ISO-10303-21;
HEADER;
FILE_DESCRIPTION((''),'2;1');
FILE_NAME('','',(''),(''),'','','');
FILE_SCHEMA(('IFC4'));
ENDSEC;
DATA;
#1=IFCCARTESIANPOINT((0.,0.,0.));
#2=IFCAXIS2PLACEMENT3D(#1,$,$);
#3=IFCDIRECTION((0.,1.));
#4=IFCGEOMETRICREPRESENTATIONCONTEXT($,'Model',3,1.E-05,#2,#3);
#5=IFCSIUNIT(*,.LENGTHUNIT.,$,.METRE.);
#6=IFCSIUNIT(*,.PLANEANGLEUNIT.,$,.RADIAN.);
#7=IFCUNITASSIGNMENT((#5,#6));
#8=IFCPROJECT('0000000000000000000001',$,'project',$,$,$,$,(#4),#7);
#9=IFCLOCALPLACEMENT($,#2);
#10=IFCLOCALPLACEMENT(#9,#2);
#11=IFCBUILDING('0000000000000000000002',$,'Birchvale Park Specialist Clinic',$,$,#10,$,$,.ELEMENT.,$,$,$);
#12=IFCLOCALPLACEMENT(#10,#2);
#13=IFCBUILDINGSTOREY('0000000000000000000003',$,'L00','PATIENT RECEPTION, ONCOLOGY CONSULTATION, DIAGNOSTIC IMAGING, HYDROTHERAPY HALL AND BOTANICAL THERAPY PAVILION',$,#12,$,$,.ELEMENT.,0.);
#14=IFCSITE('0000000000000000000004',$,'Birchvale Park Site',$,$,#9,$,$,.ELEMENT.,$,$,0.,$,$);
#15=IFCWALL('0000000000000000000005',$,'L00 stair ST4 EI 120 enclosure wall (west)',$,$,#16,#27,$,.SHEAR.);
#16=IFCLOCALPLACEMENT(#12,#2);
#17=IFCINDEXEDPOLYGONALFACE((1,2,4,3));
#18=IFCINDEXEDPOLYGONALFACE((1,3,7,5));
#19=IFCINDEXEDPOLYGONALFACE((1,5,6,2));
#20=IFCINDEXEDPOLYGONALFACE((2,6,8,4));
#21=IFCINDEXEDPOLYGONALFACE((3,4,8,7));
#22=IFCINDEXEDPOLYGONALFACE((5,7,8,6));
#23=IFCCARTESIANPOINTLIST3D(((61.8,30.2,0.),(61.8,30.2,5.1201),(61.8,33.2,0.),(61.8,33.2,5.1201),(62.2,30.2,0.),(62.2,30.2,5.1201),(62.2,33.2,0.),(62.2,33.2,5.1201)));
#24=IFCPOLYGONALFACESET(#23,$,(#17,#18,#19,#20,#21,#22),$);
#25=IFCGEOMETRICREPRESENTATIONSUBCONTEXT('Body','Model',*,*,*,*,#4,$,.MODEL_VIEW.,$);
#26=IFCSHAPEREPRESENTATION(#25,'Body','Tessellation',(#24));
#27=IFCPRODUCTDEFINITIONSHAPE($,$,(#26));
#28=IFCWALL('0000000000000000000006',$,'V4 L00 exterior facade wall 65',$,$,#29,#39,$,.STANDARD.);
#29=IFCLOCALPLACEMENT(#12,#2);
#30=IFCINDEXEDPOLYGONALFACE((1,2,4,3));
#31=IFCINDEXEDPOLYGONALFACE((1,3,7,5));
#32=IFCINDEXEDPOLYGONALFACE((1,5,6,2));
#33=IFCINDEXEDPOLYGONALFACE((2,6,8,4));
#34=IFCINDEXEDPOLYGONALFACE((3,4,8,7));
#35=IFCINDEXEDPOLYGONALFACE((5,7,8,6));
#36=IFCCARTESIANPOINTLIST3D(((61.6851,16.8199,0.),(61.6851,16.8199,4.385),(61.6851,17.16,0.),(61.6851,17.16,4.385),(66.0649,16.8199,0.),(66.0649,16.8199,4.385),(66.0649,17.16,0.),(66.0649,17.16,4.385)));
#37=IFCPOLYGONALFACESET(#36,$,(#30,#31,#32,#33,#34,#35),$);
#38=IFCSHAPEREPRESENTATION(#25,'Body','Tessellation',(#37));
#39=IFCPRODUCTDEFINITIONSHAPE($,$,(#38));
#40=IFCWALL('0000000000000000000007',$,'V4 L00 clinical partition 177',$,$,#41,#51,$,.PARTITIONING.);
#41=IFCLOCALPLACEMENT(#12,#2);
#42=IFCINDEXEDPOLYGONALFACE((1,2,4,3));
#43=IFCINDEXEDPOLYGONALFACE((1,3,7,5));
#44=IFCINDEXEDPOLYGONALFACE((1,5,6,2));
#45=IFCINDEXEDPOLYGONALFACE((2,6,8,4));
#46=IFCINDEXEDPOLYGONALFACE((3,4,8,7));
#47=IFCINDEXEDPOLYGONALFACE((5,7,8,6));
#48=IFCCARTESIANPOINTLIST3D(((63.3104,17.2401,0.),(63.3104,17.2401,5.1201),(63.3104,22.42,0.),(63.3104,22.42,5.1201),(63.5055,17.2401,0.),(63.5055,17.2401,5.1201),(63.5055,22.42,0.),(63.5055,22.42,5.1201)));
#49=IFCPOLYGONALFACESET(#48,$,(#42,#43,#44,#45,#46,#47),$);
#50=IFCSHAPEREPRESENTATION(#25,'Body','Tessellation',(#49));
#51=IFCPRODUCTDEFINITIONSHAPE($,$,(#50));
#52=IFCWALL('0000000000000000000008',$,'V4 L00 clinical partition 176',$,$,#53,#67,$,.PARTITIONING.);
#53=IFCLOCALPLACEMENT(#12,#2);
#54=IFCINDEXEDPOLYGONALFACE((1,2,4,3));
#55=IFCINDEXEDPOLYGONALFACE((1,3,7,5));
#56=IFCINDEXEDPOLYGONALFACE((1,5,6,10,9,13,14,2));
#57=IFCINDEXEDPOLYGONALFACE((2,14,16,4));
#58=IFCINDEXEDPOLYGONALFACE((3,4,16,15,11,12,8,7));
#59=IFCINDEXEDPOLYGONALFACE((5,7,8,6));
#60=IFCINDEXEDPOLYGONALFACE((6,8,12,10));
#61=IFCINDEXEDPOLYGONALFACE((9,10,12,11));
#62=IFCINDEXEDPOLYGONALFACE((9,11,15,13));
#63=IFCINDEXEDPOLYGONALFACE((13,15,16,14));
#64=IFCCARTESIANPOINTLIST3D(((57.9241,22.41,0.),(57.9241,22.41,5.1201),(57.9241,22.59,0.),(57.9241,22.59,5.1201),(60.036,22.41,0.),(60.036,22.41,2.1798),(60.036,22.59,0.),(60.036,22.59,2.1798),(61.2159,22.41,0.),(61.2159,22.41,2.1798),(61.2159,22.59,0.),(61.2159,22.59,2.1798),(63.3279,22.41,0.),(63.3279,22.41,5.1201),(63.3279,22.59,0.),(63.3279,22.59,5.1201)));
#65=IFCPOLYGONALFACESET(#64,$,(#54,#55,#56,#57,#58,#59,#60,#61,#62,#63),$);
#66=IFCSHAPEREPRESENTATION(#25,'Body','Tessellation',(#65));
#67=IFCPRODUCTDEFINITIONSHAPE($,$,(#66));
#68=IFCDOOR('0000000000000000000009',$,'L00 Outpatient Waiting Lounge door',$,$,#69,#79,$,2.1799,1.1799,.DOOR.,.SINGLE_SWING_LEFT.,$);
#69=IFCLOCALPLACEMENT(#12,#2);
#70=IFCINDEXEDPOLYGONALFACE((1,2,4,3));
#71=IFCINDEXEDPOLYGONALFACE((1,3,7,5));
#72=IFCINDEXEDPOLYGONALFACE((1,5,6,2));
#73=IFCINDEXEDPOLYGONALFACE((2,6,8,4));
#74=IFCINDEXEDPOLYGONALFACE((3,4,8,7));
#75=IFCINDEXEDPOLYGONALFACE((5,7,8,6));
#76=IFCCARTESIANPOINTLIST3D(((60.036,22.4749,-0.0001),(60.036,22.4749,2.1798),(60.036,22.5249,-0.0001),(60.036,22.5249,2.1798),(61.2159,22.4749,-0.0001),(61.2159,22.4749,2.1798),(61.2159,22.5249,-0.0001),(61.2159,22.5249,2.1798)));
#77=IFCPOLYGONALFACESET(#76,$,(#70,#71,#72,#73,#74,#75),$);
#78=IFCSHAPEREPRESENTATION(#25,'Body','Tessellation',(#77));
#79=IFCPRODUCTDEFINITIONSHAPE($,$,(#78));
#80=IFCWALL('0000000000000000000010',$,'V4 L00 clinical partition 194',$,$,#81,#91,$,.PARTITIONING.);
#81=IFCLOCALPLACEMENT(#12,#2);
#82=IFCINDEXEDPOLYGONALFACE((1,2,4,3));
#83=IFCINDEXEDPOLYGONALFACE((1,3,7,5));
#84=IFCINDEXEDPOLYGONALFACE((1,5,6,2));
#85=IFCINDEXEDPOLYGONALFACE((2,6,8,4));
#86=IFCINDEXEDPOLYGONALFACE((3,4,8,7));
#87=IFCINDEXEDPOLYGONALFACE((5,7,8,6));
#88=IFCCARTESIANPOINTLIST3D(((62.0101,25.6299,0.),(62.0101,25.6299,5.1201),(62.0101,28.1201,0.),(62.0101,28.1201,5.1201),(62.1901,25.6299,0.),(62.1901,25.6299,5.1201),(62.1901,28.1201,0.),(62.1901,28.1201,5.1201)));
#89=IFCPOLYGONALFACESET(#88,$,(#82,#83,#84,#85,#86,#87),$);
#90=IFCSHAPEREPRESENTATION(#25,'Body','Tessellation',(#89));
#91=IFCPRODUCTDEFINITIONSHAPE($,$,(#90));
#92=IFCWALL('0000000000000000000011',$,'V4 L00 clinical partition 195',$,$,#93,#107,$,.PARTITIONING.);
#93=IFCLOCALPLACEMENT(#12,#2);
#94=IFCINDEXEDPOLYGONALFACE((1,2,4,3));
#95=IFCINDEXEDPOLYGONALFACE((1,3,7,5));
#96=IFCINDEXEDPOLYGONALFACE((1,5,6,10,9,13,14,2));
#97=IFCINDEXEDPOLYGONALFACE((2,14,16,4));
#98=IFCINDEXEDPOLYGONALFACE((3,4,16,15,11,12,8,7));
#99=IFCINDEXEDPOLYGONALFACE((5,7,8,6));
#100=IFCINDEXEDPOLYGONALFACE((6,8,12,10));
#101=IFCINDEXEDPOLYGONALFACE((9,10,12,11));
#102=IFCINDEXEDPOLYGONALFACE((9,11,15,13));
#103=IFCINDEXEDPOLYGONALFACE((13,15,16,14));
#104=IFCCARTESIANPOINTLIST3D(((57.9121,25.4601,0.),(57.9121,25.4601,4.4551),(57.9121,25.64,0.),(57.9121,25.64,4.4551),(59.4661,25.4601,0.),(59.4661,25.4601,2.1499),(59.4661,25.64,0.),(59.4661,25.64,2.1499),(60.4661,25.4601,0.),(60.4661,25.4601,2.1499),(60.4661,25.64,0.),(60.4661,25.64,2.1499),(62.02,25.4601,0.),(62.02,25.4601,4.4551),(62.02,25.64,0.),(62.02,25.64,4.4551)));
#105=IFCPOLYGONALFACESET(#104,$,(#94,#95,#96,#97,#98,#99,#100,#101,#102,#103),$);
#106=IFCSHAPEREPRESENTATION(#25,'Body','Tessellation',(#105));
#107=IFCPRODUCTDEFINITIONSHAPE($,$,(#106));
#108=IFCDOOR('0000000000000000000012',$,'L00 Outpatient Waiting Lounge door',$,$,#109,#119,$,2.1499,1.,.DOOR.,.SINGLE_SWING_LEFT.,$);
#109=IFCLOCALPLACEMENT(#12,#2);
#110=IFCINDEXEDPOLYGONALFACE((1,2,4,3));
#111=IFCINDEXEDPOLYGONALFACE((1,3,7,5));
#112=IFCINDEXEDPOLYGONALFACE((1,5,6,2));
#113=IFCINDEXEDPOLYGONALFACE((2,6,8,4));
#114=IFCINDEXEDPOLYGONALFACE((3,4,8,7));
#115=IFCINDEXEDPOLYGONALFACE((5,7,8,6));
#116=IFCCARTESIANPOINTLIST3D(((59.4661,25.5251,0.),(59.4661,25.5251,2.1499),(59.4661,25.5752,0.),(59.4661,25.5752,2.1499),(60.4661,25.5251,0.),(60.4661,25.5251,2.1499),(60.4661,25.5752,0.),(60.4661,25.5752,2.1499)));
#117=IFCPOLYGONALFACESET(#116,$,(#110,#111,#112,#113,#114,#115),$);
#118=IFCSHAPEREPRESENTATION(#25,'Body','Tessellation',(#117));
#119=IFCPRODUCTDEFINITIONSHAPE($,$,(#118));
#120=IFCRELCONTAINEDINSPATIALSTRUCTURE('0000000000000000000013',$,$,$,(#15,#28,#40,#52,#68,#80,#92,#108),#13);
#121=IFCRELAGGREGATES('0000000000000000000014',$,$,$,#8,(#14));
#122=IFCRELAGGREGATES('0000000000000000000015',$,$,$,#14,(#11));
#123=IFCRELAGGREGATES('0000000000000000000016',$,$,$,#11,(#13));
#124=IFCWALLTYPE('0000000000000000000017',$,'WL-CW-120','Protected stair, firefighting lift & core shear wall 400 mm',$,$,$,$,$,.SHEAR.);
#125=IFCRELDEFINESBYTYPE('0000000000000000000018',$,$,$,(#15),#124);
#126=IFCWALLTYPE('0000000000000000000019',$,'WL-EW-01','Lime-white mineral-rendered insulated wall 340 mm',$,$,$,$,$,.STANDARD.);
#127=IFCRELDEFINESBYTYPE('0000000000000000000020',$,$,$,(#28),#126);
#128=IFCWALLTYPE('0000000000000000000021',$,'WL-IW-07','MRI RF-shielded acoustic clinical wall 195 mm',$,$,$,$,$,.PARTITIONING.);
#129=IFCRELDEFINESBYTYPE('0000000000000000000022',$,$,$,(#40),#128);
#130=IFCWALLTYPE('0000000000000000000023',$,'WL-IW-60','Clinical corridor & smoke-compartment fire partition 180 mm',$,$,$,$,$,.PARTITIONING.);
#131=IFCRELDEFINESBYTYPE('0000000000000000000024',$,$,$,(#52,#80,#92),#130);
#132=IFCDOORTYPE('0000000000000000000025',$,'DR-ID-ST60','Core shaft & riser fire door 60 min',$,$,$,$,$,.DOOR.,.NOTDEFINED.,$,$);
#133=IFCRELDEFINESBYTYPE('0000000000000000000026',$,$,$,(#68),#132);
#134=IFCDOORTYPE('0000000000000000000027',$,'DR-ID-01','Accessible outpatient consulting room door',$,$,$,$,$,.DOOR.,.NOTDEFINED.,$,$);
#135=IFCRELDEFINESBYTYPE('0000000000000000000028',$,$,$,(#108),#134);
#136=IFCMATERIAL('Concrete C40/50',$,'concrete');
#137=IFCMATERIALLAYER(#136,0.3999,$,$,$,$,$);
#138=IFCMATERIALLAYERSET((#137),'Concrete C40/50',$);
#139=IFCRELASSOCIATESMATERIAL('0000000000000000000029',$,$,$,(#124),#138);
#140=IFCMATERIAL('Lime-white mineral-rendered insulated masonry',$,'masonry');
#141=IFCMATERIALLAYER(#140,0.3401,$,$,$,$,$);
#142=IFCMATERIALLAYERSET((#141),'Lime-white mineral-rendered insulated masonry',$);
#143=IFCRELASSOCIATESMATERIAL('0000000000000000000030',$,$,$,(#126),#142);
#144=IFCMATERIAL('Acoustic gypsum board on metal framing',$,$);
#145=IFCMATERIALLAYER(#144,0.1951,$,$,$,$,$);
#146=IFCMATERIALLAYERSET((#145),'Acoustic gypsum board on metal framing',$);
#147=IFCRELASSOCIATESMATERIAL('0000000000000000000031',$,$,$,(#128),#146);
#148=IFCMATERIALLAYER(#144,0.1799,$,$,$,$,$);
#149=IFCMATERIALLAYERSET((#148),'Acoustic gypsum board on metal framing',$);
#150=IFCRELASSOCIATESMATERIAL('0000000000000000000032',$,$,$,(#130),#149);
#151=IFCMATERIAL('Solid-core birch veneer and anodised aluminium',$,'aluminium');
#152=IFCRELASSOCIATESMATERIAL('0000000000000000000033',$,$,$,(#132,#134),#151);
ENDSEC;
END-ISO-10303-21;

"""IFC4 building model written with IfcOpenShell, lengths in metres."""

from ifc_helpers import new_model, si_unit, direction, frame, frame_2d, origin, place, context, subcontext, project, spatial, rectangle, extrude, material, layer, layer_set, type_object, element, fill, save


model = new_model("IFC4")

# Units and contexts
model_context = context("Model", 3, precision=1e-05, world=origin(), true_north=direction((0.0, 1.0)))
body_context = subcontext(model_context, "Body", "Model", "MODEL_VIEW")
ifc_project = project(units=[si_unit("LENGTHUNIT", "METRE"), si_unit("PLANEANGLEUNIT", "RADIAN")], contexts=[model_context])

# Site, building, storey
site_placement = place(None, origin())
site = spatial("IfcSite", under=ifc_project, at=site_placement, Name="Birchvale Park Site", CompositionType="ELEMENT", RefElevation=0.0)
building_placement = place(site_placement, origin())
building = spatial("IfcBuilding", under=site, at=building_placement, Name="Birchvale Park Specialist Clinic", CompositionType="ELEMENT")
storey_placement = place(building_placement, origin())
storey = spatial("IfcBuildingStorey", under=building, at=storey_placement, Name="L00", Description="PATIENT RECEPTION, ONCOLOGY CONSULTATION, DIAGNOSTIC IMAGING, HYDROTHERAPY HALL AND BOTANICAL THERAPY PAVILION", CompositionType="ELEMENT", Elevation=0.0)

# Shared definitions
ifc_material_1 = material(Name="Concrete C40/50", Category="concrete")

# Shared definitions
ifc_layer_1 = layer(ifc_material_1, 0.3999)
ifc_layer_set_1 = layer_set([ifc_layer_1], Name="Concrete C40/50")
wall_type_1 = type_object("IfcWallType", Name="WL-CW-120", Description="Protected stair, firefighting lift & core shear wall 400 mm", PredefinedType="SHEAR", material=ifc_layer_set_1)
ifc_material_2 = material(Name="Solid-core birch veneer and anodised aluminium", Category="aluminium")

# Walls
wall_1_placement = place(storey_placement, frame((62.0, 30.2, 0.0), z_axis=(0.0, 0.0, 1.0), x_axis=(0.0, 1.0, 0.0)))
element("IfcWall", 1, at=wall_1_placement, inside=storey, type_object=wall_type_1, Name="L00 stair ST4 EI 120 enclosure wall (west)", PredefinedType="SHEAR", context=body_context, shape_type="SweptSolid", body=[
    extrude(rectangle(XDim=3.0, YDim=0.3999, at=frame_2d((1.5, 0.0))), origin(), (0.0, 0.0, 1.0), 5.1201),
])
ifc_material_3 = material(Name="Lime-white mineral-rendered insulated masonry", Category="masonry")
ifc_layer_2 = layer(ifc_material_3, 0.3401)
ifc_layer_set_2 = layer_set([ifc_layer_2], Name="Lime-white mineral-rendered insulated masonry")
wall_type_2 = type_object("IfcWallType", Name="WL-EW-01", Description="Lime-white mineral-rendered insulated wall 340 mm", PredefinedType="STANDARD", material=ifc_layer_set_2)
wall_2_placement = place(storey_placement, frame((61.6851, 16.99, 0.0), z_axis=(0.0, 0.0, 1.0), x_axis=(1.0, 0.0, 0.0)))
element("IfcWall", 2, at=wall_2_placement, inside=storey, type_object=wall_type_2, Name="V4 L00 exterior facade wall 65", PredefinedType="STANDARD", context=body_context, shape_type="SweptSolid", body=[
    extrude(rectangle(XDim=4.3799, YDim=0.3401, at=frame_2d((2.1899, 0.0))), origin(), (0.0, 0.0, 1.0), 4.385),
])
ifc_material_4 = material(Name="Acoustic gypsum board on metal framing")
ifc_layer_3 = layer(ifc_material_4, 0.1951)
ifc_layer_set_3 = layer_set([ifc_layer_3], Name="Acoustic gypsum board on metal framing")
wall_type_3 = type_object("IfcWallType", Name="WL-IW-07", Description="MRI RF-shielded acoustic clinical wall 195 mm", PredefinedType="PARTITIONING", material=ifc_layer_set_3)
wall_3_placement = place(storey_placement, frame((63.408, 22.4199, 0.0), z_axis=(0.0, 0.0, 1.0), x_axis=(0.0, -1.0, 0.0)))
element("IfcWall", 3, at=wall_3_placement, inside=storey, type_object=wall_type_3, Name="V4 L00 clinical partition 177", PredefinedType="PARTITIONING", context=body_context, shape_type="SweptSolid", body=[
    extrude(rectangle(XDim=5.1799, YDim=0.1951, at=frame_2d((2.5898, 0.0))), origin(), (0.0, 0.0, 1.0), 5.1201),
])

# Wall, opening, door
ifc_layer_4 = layer(ifc_material_4, 0.1799)
ifc_layer_set_4 = layer_set([ifc_layer_4], Name="Acoustic gypsum board on metal framing")
wall_type_4 = type_object("IfcWallType", Name="WL-IW-60", Description="Clinical corridor & smoke-compartment fire partition 180 mm", PredefinedType="PARTITIONING", material=ifc_layer_set_4)
wall_4_placement = place(storey_placement, frame((57.9241, 22.5, 0.0), z_axis=(0.0, 0.0, 1.0), x_axis=(1.0, 0.0, 0.0)))
wall_4 = element("IfcWall", 4, at=wall_4_placement, inside=storey, type_object=wall_type_4, Name="V4 L00 clinical partition 176", PredefinedType="PARTITIONING", context=body_context, shape_type="SweptSolid", body=[
    extrude(rectangle(XDim=5.4038, YDim=0.1799, at=frame_2d((2.7019, 0.0))), origin(), (0.0, 0.0, 1.0), 5.1201),
])
opening_1_placement = place(wall_4_placement, frame((2.1121, 0.0, 0.0)))
opening_1 = element("IfcOpeningElement", 5, at=opening_1_placement, cuts=wall_4, PredefinedType="OPENING", context=body_context, shape_type="SweptSolid", body=[
    extrude(rectangle(XDim=1.1799, YDim=2.1799, at=frame_2d((0.5898, 1.0898))), frame((0.0, 0.1001, 0.0), z_axis=(0.0, -1.0, 0.0), x_axis=(1.0, 0.0, 0.0)), (0.0, 0.0, 1.0), 0.2),
])
door_type_1 = type_object("IfcDoorType", Name="DR-ID-ST60", Description="Core shaft & riser fire door 60 min", OperationType="NOTDEFINED", PredefinedType="DOOR", material=ifc_material_2)
door_1_placement = place(opening_1_placement, origin())
door_1 = element("IfcDoor", 6, at=door_1_placement, inside=storey, type_object=door_type_1, Name="L00 Outpatient Waiting Lounge door", OperationType="SINGLE_SWING_LEFT", OverallHeight=2.1799, OverallWidth=1.1799, PredefinedType="DOOR", context=body_context, shape_type="SweptSolid", body=[
    extrude(rectangle(XDim=1.1799, YDim=2.1799, at=frame_2d((0.5898, 1.0898))), frame((0.0, 0.0249, 0.0), z_axis=(0.0, -1.0, 0.0), x_axis=(1.0, 0.0, 0.0)), (0.0, 0.0, 1.0), 0.05),
])
fill(opening_1, door_1)
door_type_2 = type_object("IfcDoorType", Name="DR-ID-01", Description="Accessible outpatient consulting room door", OperationType="NOTDEFINED", PredefinedType="DOOR", material=ifc_material_2)

# Wall
wall_5_placement = place(storey_placement, frame((62.1001, 28.1201, 0.0), z_axis=(0.0, 0.0, 1.0), x_axis=(0.0, -1.0, 0.0)))
element("IfcWall", 7, at=wall_5_placement, inside=storey, type_object=wall_type_4, Name="V4 L00 clinical partition 194", PredefinedType="PARTITIONING", context=body_context, shape_type="SweptSolid", body=[
    extrude(rectangle(XDim=2.4902, YDim=0.1799, at=frame_2d((1.2451, 0.0))), origin(), (0.0, 0.0, 1.0), 5.1201),
])

# Wall, opening, door
wall_6_placement = place(storey_placement, frame((62.02, 25.55, 0.0), z_axis=(0.0, 0.0, 1.0), x_axis=(-1.0, 0.0, 0.0)))
wall_6 = element("IfcWall", 8, at=wall_6_placement, inside=storey, type_object=wall_type_4, Name="V4 L00 clinical partition 195", PredefinedType="PARTITIONING", context=body_context, shape_type="SweptSolid", body=[
    extrude(rectangle(XDim=4.1079, YDim=0.1799, at=frame_2d((2.054, 0.0))), origin(), (0.0, 0.0, 1.0), 4.4551),
])
opening_2_placement = place(wall_6_placement, frame((1.554, 0.0, 0.0)))
opening_2 = element("IfcOpeningElement", 9, at=opening_2_placement, cuts=wall_6, PredefinedType="OPENING", context=body_context, shape_type="SweptSolid", body=[
    extrude(rectangle(XDim=1.0, YDim=2.1499, at=frame_2d((0.5, 1.075))), frame((0.0, 0.1001, 0.0), z_axis=(0.0, -1.0, 0.0), x_axis=(1.0, 0.0, 0.0)), (0.0, 0.0, 1.0), 0.2),
])
door_2_placement = place(opening_2_placement, origin())
door_2 = element("IfcDoor", 10, at=door_2_placement, inside=storey, type_object=door_type_2, Name="L00 Outpatient Waiting Lounge door", OperationType="SINGLE_SWING_LEFT", OverallHeight=2.1499, OverallWidth=1.0, PredefinedType="DOOR", context=body_context, shape_type="SweptSolid", body=[
    extrude(rectangle(XDim=1.0, YDim=2.1499, at=frame_2d((0.5, 1.075))), frame((0.0, 0.0249, 0.0), z_axis=(0.0, -1.0, 0.0), x_axis=(1.0, 0.0, 0.0)), (0.0, 0.0, 1.0), 0.05),
])
fill(opening_2, door_2)

save(model, "model.ifc")
